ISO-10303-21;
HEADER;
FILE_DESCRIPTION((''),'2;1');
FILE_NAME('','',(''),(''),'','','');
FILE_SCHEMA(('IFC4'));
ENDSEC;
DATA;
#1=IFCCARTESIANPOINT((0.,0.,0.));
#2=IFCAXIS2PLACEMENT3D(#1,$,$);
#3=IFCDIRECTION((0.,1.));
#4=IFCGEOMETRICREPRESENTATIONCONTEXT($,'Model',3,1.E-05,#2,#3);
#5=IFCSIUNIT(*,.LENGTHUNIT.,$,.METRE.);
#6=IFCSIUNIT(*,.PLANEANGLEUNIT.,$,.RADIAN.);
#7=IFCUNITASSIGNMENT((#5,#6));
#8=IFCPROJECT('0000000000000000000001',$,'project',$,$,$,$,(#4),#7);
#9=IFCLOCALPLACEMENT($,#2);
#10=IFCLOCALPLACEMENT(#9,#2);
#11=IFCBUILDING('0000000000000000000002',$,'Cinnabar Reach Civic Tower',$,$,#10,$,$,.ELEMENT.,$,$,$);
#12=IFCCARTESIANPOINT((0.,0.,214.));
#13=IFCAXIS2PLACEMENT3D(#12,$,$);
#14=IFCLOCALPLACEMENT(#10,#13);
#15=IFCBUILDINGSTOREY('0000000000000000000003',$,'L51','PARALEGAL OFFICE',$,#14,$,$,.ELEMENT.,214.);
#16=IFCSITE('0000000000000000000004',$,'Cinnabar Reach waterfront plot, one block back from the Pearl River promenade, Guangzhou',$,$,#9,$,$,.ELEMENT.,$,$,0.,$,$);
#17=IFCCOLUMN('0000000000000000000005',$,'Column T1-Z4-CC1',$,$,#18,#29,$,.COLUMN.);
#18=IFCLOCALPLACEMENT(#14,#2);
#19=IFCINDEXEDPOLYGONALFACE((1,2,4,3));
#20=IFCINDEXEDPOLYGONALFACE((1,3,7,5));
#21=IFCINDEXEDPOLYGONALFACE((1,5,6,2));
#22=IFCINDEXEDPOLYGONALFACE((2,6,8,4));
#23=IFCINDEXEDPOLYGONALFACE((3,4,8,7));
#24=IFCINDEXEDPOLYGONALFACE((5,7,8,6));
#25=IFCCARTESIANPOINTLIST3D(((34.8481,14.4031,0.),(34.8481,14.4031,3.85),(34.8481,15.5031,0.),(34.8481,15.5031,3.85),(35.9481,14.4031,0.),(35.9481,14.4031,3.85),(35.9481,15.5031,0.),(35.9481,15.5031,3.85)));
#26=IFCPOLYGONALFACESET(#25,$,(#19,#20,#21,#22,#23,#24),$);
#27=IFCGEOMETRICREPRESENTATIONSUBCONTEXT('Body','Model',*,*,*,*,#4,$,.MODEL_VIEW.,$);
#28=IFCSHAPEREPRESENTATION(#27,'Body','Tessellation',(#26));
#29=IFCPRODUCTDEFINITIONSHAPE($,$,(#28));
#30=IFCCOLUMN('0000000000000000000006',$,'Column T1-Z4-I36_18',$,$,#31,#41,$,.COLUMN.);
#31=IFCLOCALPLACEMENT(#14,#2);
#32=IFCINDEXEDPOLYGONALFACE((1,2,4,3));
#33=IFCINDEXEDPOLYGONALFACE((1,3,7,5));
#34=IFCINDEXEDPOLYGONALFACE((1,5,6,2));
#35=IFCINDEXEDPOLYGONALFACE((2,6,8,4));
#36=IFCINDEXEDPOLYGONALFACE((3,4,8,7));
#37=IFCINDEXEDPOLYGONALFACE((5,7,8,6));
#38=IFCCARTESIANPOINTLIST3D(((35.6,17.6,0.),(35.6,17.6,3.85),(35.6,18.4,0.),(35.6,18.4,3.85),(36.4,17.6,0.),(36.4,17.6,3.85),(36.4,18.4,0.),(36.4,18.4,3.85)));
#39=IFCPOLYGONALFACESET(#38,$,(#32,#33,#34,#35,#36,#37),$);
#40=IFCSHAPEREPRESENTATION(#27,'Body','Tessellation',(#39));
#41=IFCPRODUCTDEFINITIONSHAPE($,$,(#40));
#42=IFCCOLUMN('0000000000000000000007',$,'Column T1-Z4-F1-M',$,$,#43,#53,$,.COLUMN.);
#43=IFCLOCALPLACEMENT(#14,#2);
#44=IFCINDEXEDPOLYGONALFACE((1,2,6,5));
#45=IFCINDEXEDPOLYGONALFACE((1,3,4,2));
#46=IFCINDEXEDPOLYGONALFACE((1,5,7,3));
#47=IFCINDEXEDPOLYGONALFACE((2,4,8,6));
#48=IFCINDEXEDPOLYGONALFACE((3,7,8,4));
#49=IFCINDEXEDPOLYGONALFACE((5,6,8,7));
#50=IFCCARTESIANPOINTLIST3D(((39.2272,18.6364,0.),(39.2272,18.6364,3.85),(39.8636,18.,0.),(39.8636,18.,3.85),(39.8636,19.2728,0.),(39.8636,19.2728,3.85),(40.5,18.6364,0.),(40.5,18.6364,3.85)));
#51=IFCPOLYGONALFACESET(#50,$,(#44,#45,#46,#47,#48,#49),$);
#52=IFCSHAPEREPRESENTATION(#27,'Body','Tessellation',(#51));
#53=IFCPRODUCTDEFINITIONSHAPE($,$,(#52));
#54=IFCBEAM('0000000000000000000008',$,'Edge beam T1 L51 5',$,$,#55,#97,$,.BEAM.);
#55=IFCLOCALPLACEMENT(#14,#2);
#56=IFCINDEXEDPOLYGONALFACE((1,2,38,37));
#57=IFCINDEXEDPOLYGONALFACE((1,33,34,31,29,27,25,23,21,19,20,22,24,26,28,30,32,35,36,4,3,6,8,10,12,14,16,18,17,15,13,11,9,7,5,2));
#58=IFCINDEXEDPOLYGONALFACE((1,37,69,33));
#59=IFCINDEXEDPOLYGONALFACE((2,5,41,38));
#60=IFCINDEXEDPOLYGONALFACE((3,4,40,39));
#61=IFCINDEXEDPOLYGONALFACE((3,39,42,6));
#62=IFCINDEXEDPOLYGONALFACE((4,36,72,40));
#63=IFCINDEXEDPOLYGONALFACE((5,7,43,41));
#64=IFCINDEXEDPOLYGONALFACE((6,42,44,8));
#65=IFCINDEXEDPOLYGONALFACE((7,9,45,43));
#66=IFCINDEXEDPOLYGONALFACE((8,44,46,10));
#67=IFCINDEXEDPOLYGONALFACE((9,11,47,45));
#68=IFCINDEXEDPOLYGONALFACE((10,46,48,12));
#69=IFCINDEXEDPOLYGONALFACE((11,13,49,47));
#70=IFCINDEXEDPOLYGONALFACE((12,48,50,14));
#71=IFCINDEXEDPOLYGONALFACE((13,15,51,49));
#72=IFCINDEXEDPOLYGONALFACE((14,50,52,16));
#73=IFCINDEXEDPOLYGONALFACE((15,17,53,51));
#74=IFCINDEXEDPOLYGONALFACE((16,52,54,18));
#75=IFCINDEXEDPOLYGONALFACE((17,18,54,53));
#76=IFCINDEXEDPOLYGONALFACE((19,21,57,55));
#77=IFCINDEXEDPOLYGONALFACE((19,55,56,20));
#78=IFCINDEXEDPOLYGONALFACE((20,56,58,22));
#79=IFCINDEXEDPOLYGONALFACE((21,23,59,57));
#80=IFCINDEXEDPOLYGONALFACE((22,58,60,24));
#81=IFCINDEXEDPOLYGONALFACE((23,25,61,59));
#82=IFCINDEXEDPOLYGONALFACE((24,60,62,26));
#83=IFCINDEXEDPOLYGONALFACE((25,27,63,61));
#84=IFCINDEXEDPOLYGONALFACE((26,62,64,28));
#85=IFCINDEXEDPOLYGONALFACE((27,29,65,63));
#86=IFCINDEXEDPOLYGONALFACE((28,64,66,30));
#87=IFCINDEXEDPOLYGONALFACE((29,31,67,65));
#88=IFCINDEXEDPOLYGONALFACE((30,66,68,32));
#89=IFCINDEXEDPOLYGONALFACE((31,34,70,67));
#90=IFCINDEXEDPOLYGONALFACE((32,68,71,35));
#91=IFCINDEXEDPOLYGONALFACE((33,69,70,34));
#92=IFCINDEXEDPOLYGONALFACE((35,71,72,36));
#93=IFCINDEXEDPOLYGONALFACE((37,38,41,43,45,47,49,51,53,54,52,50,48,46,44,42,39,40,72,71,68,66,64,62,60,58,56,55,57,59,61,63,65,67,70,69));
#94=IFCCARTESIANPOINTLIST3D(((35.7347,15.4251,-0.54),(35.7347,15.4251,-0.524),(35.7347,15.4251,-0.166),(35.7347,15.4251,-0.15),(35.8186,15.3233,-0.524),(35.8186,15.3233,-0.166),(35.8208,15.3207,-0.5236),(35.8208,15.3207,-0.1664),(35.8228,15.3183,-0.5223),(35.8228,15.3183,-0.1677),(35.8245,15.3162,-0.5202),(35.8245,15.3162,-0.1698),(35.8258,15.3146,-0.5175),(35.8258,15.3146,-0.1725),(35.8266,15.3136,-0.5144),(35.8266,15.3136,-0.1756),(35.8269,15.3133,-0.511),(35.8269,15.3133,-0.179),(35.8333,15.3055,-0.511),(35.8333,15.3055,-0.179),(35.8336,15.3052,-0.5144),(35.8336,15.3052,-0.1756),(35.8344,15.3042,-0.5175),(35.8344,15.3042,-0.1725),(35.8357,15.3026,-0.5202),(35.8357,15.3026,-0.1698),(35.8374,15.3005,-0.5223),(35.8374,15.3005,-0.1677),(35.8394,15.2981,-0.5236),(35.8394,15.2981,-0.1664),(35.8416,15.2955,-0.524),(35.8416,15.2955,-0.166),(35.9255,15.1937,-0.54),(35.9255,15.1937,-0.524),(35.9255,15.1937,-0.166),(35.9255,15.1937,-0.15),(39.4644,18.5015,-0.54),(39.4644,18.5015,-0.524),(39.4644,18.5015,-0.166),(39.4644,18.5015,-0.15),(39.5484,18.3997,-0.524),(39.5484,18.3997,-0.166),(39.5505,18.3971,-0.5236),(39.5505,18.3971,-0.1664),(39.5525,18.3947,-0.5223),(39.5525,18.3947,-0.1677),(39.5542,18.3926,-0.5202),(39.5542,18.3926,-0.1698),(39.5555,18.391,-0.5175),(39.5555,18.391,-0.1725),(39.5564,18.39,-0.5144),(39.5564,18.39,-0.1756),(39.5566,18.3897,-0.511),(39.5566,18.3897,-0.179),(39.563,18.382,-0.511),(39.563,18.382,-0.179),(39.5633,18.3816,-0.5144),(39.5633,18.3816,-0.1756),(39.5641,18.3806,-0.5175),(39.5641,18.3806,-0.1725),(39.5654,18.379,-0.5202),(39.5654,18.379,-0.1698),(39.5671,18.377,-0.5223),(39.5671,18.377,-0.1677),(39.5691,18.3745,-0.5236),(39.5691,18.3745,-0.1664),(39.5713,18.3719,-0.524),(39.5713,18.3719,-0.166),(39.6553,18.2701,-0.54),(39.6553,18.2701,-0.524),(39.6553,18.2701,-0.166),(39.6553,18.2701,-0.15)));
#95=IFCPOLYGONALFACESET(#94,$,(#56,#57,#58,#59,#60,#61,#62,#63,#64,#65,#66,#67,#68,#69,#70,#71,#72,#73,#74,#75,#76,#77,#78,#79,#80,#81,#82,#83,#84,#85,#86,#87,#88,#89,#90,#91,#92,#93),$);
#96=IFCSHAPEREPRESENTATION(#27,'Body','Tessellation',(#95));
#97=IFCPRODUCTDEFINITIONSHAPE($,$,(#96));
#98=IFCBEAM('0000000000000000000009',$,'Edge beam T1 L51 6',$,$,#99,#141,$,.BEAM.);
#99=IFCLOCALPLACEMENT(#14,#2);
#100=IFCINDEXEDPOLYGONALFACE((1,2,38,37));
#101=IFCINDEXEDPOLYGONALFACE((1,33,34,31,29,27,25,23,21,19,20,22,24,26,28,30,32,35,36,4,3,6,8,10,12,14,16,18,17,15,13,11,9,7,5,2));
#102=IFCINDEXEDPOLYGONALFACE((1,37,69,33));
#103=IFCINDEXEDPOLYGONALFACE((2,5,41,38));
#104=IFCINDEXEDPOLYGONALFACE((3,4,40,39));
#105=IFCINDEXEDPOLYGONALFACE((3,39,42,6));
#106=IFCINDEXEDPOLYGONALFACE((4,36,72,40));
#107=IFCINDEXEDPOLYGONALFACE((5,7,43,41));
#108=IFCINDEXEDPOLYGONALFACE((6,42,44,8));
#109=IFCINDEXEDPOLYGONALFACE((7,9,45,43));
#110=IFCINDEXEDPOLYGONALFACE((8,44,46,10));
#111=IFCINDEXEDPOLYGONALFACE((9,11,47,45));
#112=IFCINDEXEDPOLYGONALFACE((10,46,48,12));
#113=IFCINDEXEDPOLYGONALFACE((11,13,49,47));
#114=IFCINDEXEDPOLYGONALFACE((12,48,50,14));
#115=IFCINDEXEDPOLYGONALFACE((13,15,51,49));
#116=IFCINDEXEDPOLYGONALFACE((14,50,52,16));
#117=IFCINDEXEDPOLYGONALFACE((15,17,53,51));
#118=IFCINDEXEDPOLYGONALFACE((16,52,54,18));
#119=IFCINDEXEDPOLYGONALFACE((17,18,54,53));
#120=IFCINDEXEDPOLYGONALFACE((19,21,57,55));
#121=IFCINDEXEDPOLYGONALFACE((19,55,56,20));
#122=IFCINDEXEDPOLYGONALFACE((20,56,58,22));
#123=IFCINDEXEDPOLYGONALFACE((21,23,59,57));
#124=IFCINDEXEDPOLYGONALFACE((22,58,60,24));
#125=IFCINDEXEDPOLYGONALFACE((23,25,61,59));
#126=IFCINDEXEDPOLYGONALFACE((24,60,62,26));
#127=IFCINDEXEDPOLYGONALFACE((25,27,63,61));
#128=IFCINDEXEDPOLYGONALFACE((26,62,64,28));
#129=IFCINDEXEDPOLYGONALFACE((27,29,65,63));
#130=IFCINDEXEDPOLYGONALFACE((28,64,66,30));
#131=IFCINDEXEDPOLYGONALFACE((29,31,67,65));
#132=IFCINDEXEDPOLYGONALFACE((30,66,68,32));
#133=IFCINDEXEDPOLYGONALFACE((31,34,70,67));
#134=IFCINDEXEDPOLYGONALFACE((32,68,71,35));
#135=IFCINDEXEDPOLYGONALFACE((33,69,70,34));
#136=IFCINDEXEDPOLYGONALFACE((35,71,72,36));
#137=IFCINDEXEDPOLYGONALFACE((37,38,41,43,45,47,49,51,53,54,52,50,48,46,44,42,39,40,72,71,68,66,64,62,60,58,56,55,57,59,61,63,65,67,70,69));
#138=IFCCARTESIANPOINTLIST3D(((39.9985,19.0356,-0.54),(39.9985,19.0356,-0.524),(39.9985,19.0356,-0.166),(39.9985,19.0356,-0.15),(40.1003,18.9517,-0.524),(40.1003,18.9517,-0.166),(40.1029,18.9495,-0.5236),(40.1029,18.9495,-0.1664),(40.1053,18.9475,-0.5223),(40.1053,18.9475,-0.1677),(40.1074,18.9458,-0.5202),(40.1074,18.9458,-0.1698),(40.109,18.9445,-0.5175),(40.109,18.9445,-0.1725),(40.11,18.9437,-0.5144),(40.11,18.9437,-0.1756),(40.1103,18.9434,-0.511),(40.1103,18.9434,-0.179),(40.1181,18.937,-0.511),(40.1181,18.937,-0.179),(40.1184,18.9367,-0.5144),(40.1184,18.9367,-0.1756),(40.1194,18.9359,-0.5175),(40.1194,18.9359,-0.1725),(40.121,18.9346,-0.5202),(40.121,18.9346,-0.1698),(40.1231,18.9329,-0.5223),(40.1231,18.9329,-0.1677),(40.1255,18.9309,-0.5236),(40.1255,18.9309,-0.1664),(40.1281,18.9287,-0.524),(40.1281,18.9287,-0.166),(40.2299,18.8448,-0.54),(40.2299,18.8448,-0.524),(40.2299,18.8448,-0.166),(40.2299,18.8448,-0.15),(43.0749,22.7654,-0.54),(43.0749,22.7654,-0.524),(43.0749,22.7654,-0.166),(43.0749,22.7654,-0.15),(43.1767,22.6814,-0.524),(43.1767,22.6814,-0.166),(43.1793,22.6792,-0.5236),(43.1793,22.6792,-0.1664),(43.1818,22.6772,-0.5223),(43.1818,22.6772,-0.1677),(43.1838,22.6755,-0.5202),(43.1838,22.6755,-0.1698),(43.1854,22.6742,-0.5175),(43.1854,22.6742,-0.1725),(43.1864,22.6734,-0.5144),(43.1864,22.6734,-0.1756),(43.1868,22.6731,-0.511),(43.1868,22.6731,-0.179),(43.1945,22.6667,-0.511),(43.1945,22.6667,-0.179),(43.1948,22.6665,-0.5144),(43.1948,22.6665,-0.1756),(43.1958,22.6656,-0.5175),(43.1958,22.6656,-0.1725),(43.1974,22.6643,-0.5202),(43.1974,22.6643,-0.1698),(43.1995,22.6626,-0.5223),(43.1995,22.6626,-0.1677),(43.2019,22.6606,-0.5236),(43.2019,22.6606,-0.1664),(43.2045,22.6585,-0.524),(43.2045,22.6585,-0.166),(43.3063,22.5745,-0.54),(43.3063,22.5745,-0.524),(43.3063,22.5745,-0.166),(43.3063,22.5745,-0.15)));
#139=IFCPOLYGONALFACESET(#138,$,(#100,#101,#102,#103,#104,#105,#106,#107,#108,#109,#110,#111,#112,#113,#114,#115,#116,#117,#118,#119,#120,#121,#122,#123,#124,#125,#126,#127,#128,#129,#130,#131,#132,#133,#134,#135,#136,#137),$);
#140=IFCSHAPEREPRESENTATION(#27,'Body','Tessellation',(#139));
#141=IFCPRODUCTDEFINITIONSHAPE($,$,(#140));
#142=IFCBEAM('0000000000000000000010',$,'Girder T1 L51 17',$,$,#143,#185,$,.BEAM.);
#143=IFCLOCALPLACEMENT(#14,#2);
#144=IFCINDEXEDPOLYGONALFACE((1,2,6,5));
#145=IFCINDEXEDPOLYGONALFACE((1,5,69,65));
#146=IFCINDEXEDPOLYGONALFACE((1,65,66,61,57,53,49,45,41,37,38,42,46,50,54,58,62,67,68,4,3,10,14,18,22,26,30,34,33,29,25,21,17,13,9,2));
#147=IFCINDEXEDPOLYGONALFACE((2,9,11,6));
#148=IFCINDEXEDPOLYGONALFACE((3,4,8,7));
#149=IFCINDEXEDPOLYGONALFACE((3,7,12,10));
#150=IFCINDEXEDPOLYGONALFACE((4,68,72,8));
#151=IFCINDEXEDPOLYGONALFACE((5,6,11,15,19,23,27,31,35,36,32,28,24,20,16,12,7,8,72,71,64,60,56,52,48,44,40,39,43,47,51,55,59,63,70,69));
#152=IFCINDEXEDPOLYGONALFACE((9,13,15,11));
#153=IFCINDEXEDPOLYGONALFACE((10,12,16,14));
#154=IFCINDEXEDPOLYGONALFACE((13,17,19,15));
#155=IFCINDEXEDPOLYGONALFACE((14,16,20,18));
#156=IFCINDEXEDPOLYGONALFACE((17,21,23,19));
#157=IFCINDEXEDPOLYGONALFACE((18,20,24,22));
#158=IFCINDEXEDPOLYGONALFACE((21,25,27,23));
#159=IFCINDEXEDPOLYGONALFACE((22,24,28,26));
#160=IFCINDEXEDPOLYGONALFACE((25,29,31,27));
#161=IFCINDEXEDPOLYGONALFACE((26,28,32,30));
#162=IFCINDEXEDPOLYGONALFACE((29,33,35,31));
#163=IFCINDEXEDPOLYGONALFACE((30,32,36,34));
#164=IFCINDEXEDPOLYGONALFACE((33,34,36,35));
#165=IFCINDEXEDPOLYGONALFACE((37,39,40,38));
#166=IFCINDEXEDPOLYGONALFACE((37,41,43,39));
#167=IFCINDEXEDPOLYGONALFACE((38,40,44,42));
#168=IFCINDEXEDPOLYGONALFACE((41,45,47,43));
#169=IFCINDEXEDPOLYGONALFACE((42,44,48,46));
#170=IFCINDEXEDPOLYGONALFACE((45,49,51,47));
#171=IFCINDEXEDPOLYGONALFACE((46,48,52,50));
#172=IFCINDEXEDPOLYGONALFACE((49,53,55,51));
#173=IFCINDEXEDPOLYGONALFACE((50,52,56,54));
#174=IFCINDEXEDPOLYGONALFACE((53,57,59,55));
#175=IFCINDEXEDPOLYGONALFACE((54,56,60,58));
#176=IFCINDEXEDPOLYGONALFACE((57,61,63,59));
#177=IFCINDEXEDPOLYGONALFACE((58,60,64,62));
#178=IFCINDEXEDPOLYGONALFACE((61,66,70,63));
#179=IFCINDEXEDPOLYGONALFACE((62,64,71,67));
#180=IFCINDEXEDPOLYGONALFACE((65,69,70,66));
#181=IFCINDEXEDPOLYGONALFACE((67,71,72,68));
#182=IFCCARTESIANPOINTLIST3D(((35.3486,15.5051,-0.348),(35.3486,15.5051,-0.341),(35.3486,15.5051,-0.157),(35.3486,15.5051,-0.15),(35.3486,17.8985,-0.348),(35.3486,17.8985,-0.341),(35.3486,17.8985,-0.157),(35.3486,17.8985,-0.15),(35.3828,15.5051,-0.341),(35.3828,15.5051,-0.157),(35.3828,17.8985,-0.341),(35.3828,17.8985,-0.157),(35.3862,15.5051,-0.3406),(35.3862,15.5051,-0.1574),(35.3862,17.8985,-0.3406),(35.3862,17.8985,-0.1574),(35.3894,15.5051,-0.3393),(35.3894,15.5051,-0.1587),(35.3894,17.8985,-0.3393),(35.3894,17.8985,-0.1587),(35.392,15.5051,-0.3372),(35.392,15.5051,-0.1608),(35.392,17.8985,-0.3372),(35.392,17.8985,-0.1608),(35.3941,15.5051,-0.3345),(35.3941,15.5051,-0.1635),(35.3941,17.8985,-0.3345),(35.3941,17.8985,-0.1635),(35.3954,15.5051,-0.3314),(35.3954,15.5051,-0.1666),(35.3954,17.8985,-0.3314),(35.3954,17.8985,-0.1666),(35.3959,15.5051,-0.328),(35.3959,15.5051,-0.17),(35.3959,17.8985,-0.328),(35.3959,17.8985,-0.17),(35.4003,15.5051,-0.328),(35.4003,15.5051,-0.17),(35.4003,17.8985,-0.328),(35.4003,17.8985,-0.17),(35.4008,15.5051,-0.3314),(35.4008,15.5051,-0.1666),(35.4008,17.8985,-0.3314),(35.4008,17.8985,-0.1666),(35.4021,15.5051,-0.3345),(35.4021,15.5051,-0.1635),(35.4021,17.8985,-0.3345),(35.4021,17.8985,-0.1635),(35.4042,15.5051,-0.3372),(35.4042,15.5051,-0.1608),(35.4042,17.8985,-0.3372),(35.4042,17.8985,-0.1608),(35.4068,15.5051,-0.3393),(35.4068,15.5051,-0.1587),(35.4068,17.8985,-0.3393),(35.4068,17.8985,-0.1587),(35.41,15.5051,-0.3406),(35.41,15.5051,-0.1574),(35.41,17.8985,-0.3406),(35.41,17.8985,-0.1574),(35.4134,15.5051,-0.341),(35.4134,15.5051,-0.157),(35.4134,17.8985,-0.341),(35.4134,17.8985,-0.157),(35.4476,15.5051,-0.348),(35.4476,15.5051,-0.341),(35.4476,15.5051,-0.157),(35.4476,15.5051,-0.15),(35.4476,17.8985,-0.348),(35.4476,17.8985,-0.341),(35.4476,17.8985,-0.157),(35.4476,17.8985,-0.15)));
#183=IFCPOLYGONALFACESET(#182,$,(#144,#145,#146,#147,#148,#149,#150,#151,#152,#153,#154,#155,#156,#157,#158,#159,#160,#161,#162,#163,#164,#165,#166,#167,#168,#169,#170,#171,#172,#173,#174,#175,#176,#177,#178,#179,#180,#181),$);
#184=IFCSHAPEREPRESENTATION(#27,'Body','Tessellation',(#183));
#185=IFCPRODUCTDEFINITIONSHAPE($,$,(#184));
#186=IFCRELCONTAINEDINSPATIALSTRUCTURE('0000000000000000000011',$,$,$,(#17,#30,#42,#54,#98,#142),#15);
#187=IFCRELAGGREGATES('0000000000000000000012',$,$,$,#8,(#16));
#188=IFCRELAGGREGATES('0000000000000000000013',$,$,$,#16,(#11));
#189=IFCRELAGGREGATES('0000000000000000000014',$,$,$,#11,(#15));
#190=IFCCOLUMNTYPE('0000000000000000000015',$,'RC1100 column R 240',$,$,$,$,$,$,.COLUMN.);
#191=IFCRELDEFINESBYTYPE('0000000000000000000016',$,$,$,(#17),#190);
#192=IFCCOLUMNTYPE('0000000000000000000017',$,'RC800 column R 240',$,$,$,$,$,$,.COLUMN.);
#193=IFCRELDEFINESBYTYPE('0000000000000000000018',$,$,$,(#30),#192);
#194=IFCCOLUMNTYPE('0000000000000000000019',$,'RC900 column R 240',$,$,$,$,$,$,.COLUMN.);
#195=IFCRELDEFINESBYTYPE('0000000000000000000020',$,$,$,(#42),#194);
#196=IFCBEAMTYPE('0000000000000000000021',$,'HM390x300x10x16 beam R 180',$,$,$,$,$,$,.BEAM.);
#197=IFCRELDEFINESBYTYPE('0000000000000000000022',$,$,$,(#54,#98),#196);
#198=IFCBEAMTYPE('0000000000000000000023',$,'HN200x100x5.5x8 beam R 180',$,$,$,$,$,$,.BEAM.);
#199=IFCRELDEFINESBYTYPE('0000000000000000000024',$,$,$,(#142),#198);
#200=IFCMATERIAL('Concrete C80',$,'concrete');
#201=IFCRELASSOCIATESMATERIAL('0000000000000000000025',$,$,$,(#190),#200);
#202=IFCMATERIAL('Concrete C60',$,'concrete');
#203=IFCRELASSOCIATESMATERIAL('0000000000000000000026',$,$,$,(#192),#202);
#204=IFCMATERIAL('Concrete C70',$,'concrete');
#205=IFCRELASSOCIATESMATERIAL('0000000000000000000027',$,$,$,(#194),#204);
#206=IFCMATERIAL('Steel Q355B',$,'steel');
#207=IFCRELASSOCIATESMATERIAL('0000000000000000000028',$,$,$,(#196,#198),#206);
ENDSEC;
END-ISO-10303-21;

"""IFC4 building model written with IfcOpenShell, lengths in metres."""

from ifc_helpers import new_model, si_unit, direction, frame, origin, origin_2d, place, context, subcontext, project, spatial, rectangle, i_section, extrude, material, material_profile, profile_set, type_object, element, save


model = new_model("IFC4")

# Units and contexts
model_context = context("Model", 3, precision=1e-05, world=origin(), true_north=direction((0.0, 1.0)))
body_context = subcontext(model_context, "Body", "Model", "MODEL_VIEW")
ifc_project = project(units=[si_unit("LENGTHUNIT", "METRE"), si_unit("PLANEANGLEUNIT", "RADIAN")], contexts=[model_context])

# Site, building, storey
site_placement = place(None, origin())
site = spatial("IfcSite", under=ifc_project, at=site_placement, Name="Cinnabar Reach waterfront plot, one block back from the Pearl River promenade, Guangzhou", CompositionType="ELEMENT", RefElevation=0.0)
building_placement = place(site_placement, origin())
building = spatial("IfcBuilding", under=site, at=building_placement, Name="Cinnabar Reach Civic Tower", CompositionType="ELEMENT")
storey_placement = place(building_placement, frame((0.0, 0.0, 214.0)))
storey = spatial("IfcBuildingStorey", under=building, at=storey_placement, Name="L51", Description="PARALEGAL OFFICE", CompositionType="ELEMENT", Elevation=214.0)

# Columns
ifc_material_1 = material(Name="Concrete C80", Category="concrete")
ifc_material_profile_1 = material_profile(ifc_material_1, rectangle(XDim=1.1, YDim=1.1, at=origin_2d()), Name="RC1100")
ifc_profile_set_1 = profile_set([ifc_material_profile_1], Name="Concrete C80")
column_type_1 = type_object("IfcColumnType", Name="RC1100 column R 240", PredefinedType="COLUMN", material=ifc_profile_set_1)
column_1_placement = place(storey_placement, frame((35.3981, 14.9531, 0.0), z_axis=(0.0, 0.0, 1.0), x_axis=(1.0, 0.0, 0.0)))
element("IfcColumn", 1, at=column_1_placement, inside=storey, type_object=column_type_1, Name="Column T1-Z4-CC1", PredefinedType="COLUMN", context=body_context, shape_type="SweptSolid", body=[
    extrude(rectangle(XDim=1.1, YDim=1.1, at=origin_2d()), origin(), (0.0, 0.0, 1.0), 3.85),
])
ifc_material_2 = material(Name="Concrete C60", Category="concrete")
ifc_material_profile_2 = material_profile(ifc_material_2, rectangle(XDim=0.8, YDim=0.8, at=origin_2d()), Name="RC800")
ifc_profile_set_2 = profile_set([ifc_material_profile_2], Name="Concrete C60")
column_type_2 = type_object("IfcColumnType", Name="RC800 column R 240", PredefinedType="COLUMN", material=ifc_profile_set_2)
column_2_placement = place(storey_placement, frame((36.0, 18.0, 0.0), z_axis=(0.0, 0.0, 1.0), x_axis=(1.0, 0.0, 0.0)))
element("IfcColumn", 2, at=column_2_placement, inside=storey, type_object=column_type_2, Name="Column T1-Z4-I36_18", PredefinedType="COLUMN", context=body_context, shape_type="SweptSolid", body=[
    extrude(rectangle(XDim=0.8, YDim=0.8, at=origin_2d()), origin(), (0.0, 0.0, 1.0), 3.85),
])
ifc_material_3 = material(Name="Concrete C70", Category="concrete")
ifc_material_profile_3 = material_profile(ifc_material_3, rectangle(XDim=0.9, YDim=0.9, at=origin_2d()), Name="RC900")
ifc_profile_set_3 = profile_set([ifc_material_profile_3], Name="Concrete C70")
column_type_3 = type_object("IfcColumnType", Name="RC900 column R 240", PredefinedType="COLUMN", material=ifc_profile_set_3)
column_3_placement = place(storey_placement, frame((39.8636, 18.6364, 0.0), z_axis=(0.0, 0.0, 1.0), x_axis=(0.707107, 0.707107, 0.0)))
element("IfcColumn", 3, at=column_3_placement, inside=storey, type_object=column_type_3, Name="Column T1-Z4-F1-M", PredefinedType="COLUMN", context=body_context, shape_type="SweptSolid", body=[
    extrude(rectangle(XDim=0.9, YDim=0.9, at=origin_2d()), origin(), (0.0, 0.0, 1.0), 3.85),
])

# Beams
ifc_material_4 = material(Name="Steel Q355B", Category="steel")
ifc_material_profile_4 = material_profile(ifc_material_4, i_section(OverallWidth=0.3, OverallDepth=0.39, WebThickness=0.01, FlangeThickness=0.016, FilletRadius=0.013, at=origin_2d()), Name="HM390x300x10x16")
ifc_profile_set_4 = profile_set([ifc_material_profile_4], Name="Steel Q355B")
beam_type_1 = type_object("IfcBeamType", Name="HM390x300x10x16 beam R 180", PredefinedType="BEAM", material=ifc_profile_set_4)
for number, where, z_axis, x_axis, name in (
    (4, (35.8301, 15.3094, -0.345), (0.771434, 0.636309, 0.0), (-0.636309, 0.771434, 0.0), "Edge beam T1 L51 5"),
    (5, (40.1142, 18.9402, -0.345), (0.636309, 0.771434, 0.0), (-0.771434, 0.636309, 0.0), "Edge beam T1 L51 6"),
):
    element("IfcBeam", number, at=place(storey_placement, frame(where, z_axis=z_axis, x_axis=x_axis)), inside=storey, type_object=beam_type_1, Name=name, PredefinedType="BEAM", context=body_context, shape_type="SweptSolid", body=[
        extrude(i_section(OverallWidth=0.3, OverallDepth=0.39, WebThickness=0.01, FlangeThickness=0.016, FilletRadius=0.013, at=origin_2d()), origin(), (0.0, 0.0, 1.0), 4.8348),
    ])
ifc_material_profile_5 = material_profile(ifc_material_4, i_section(OverallWidth=0.099, OverallDepth=0.198, WebThickness=0.0045, FlangeThickness=0.007, FilletRadius=0.013, at=origin_2d()), Name="HN200x100x5.5x8")
ifc_profile_set_5 = profile_set([ifc_material_profile_5], Name="Steel Q355B")
beam_type_2 = type_object("IfcBeamType", Name="HN200x100x5.5x8 beam R 180", PredefinedType="BEAM", material=ifc_profile_set_5)
beam_1_placement = place(storey_placement, frame((35.3981, 15.5051, -0.249), z_axis=(0.0, 1.0, 0.0), x_axis=(-1.0, 0.0, 0.0)))
element("IfcBeam", 6, at=beam_1_placement, inside=storey, type_object=beam_type_2, Name="Girder T1 L51 17", PredefinedType="BEAM", context=body_context, shape_type="SweptSolid", body=[
    extrude(i_section(OverallWidth=0.099, OverallDepth=0.198, WebThickness=0.0045, FlangeThickness=0.007, FilletRadius=0.013, at=origin_2d()), origin(), (0.0, 0.0, 1.0), 2.3934),
])

save(model, "model.ifc")
